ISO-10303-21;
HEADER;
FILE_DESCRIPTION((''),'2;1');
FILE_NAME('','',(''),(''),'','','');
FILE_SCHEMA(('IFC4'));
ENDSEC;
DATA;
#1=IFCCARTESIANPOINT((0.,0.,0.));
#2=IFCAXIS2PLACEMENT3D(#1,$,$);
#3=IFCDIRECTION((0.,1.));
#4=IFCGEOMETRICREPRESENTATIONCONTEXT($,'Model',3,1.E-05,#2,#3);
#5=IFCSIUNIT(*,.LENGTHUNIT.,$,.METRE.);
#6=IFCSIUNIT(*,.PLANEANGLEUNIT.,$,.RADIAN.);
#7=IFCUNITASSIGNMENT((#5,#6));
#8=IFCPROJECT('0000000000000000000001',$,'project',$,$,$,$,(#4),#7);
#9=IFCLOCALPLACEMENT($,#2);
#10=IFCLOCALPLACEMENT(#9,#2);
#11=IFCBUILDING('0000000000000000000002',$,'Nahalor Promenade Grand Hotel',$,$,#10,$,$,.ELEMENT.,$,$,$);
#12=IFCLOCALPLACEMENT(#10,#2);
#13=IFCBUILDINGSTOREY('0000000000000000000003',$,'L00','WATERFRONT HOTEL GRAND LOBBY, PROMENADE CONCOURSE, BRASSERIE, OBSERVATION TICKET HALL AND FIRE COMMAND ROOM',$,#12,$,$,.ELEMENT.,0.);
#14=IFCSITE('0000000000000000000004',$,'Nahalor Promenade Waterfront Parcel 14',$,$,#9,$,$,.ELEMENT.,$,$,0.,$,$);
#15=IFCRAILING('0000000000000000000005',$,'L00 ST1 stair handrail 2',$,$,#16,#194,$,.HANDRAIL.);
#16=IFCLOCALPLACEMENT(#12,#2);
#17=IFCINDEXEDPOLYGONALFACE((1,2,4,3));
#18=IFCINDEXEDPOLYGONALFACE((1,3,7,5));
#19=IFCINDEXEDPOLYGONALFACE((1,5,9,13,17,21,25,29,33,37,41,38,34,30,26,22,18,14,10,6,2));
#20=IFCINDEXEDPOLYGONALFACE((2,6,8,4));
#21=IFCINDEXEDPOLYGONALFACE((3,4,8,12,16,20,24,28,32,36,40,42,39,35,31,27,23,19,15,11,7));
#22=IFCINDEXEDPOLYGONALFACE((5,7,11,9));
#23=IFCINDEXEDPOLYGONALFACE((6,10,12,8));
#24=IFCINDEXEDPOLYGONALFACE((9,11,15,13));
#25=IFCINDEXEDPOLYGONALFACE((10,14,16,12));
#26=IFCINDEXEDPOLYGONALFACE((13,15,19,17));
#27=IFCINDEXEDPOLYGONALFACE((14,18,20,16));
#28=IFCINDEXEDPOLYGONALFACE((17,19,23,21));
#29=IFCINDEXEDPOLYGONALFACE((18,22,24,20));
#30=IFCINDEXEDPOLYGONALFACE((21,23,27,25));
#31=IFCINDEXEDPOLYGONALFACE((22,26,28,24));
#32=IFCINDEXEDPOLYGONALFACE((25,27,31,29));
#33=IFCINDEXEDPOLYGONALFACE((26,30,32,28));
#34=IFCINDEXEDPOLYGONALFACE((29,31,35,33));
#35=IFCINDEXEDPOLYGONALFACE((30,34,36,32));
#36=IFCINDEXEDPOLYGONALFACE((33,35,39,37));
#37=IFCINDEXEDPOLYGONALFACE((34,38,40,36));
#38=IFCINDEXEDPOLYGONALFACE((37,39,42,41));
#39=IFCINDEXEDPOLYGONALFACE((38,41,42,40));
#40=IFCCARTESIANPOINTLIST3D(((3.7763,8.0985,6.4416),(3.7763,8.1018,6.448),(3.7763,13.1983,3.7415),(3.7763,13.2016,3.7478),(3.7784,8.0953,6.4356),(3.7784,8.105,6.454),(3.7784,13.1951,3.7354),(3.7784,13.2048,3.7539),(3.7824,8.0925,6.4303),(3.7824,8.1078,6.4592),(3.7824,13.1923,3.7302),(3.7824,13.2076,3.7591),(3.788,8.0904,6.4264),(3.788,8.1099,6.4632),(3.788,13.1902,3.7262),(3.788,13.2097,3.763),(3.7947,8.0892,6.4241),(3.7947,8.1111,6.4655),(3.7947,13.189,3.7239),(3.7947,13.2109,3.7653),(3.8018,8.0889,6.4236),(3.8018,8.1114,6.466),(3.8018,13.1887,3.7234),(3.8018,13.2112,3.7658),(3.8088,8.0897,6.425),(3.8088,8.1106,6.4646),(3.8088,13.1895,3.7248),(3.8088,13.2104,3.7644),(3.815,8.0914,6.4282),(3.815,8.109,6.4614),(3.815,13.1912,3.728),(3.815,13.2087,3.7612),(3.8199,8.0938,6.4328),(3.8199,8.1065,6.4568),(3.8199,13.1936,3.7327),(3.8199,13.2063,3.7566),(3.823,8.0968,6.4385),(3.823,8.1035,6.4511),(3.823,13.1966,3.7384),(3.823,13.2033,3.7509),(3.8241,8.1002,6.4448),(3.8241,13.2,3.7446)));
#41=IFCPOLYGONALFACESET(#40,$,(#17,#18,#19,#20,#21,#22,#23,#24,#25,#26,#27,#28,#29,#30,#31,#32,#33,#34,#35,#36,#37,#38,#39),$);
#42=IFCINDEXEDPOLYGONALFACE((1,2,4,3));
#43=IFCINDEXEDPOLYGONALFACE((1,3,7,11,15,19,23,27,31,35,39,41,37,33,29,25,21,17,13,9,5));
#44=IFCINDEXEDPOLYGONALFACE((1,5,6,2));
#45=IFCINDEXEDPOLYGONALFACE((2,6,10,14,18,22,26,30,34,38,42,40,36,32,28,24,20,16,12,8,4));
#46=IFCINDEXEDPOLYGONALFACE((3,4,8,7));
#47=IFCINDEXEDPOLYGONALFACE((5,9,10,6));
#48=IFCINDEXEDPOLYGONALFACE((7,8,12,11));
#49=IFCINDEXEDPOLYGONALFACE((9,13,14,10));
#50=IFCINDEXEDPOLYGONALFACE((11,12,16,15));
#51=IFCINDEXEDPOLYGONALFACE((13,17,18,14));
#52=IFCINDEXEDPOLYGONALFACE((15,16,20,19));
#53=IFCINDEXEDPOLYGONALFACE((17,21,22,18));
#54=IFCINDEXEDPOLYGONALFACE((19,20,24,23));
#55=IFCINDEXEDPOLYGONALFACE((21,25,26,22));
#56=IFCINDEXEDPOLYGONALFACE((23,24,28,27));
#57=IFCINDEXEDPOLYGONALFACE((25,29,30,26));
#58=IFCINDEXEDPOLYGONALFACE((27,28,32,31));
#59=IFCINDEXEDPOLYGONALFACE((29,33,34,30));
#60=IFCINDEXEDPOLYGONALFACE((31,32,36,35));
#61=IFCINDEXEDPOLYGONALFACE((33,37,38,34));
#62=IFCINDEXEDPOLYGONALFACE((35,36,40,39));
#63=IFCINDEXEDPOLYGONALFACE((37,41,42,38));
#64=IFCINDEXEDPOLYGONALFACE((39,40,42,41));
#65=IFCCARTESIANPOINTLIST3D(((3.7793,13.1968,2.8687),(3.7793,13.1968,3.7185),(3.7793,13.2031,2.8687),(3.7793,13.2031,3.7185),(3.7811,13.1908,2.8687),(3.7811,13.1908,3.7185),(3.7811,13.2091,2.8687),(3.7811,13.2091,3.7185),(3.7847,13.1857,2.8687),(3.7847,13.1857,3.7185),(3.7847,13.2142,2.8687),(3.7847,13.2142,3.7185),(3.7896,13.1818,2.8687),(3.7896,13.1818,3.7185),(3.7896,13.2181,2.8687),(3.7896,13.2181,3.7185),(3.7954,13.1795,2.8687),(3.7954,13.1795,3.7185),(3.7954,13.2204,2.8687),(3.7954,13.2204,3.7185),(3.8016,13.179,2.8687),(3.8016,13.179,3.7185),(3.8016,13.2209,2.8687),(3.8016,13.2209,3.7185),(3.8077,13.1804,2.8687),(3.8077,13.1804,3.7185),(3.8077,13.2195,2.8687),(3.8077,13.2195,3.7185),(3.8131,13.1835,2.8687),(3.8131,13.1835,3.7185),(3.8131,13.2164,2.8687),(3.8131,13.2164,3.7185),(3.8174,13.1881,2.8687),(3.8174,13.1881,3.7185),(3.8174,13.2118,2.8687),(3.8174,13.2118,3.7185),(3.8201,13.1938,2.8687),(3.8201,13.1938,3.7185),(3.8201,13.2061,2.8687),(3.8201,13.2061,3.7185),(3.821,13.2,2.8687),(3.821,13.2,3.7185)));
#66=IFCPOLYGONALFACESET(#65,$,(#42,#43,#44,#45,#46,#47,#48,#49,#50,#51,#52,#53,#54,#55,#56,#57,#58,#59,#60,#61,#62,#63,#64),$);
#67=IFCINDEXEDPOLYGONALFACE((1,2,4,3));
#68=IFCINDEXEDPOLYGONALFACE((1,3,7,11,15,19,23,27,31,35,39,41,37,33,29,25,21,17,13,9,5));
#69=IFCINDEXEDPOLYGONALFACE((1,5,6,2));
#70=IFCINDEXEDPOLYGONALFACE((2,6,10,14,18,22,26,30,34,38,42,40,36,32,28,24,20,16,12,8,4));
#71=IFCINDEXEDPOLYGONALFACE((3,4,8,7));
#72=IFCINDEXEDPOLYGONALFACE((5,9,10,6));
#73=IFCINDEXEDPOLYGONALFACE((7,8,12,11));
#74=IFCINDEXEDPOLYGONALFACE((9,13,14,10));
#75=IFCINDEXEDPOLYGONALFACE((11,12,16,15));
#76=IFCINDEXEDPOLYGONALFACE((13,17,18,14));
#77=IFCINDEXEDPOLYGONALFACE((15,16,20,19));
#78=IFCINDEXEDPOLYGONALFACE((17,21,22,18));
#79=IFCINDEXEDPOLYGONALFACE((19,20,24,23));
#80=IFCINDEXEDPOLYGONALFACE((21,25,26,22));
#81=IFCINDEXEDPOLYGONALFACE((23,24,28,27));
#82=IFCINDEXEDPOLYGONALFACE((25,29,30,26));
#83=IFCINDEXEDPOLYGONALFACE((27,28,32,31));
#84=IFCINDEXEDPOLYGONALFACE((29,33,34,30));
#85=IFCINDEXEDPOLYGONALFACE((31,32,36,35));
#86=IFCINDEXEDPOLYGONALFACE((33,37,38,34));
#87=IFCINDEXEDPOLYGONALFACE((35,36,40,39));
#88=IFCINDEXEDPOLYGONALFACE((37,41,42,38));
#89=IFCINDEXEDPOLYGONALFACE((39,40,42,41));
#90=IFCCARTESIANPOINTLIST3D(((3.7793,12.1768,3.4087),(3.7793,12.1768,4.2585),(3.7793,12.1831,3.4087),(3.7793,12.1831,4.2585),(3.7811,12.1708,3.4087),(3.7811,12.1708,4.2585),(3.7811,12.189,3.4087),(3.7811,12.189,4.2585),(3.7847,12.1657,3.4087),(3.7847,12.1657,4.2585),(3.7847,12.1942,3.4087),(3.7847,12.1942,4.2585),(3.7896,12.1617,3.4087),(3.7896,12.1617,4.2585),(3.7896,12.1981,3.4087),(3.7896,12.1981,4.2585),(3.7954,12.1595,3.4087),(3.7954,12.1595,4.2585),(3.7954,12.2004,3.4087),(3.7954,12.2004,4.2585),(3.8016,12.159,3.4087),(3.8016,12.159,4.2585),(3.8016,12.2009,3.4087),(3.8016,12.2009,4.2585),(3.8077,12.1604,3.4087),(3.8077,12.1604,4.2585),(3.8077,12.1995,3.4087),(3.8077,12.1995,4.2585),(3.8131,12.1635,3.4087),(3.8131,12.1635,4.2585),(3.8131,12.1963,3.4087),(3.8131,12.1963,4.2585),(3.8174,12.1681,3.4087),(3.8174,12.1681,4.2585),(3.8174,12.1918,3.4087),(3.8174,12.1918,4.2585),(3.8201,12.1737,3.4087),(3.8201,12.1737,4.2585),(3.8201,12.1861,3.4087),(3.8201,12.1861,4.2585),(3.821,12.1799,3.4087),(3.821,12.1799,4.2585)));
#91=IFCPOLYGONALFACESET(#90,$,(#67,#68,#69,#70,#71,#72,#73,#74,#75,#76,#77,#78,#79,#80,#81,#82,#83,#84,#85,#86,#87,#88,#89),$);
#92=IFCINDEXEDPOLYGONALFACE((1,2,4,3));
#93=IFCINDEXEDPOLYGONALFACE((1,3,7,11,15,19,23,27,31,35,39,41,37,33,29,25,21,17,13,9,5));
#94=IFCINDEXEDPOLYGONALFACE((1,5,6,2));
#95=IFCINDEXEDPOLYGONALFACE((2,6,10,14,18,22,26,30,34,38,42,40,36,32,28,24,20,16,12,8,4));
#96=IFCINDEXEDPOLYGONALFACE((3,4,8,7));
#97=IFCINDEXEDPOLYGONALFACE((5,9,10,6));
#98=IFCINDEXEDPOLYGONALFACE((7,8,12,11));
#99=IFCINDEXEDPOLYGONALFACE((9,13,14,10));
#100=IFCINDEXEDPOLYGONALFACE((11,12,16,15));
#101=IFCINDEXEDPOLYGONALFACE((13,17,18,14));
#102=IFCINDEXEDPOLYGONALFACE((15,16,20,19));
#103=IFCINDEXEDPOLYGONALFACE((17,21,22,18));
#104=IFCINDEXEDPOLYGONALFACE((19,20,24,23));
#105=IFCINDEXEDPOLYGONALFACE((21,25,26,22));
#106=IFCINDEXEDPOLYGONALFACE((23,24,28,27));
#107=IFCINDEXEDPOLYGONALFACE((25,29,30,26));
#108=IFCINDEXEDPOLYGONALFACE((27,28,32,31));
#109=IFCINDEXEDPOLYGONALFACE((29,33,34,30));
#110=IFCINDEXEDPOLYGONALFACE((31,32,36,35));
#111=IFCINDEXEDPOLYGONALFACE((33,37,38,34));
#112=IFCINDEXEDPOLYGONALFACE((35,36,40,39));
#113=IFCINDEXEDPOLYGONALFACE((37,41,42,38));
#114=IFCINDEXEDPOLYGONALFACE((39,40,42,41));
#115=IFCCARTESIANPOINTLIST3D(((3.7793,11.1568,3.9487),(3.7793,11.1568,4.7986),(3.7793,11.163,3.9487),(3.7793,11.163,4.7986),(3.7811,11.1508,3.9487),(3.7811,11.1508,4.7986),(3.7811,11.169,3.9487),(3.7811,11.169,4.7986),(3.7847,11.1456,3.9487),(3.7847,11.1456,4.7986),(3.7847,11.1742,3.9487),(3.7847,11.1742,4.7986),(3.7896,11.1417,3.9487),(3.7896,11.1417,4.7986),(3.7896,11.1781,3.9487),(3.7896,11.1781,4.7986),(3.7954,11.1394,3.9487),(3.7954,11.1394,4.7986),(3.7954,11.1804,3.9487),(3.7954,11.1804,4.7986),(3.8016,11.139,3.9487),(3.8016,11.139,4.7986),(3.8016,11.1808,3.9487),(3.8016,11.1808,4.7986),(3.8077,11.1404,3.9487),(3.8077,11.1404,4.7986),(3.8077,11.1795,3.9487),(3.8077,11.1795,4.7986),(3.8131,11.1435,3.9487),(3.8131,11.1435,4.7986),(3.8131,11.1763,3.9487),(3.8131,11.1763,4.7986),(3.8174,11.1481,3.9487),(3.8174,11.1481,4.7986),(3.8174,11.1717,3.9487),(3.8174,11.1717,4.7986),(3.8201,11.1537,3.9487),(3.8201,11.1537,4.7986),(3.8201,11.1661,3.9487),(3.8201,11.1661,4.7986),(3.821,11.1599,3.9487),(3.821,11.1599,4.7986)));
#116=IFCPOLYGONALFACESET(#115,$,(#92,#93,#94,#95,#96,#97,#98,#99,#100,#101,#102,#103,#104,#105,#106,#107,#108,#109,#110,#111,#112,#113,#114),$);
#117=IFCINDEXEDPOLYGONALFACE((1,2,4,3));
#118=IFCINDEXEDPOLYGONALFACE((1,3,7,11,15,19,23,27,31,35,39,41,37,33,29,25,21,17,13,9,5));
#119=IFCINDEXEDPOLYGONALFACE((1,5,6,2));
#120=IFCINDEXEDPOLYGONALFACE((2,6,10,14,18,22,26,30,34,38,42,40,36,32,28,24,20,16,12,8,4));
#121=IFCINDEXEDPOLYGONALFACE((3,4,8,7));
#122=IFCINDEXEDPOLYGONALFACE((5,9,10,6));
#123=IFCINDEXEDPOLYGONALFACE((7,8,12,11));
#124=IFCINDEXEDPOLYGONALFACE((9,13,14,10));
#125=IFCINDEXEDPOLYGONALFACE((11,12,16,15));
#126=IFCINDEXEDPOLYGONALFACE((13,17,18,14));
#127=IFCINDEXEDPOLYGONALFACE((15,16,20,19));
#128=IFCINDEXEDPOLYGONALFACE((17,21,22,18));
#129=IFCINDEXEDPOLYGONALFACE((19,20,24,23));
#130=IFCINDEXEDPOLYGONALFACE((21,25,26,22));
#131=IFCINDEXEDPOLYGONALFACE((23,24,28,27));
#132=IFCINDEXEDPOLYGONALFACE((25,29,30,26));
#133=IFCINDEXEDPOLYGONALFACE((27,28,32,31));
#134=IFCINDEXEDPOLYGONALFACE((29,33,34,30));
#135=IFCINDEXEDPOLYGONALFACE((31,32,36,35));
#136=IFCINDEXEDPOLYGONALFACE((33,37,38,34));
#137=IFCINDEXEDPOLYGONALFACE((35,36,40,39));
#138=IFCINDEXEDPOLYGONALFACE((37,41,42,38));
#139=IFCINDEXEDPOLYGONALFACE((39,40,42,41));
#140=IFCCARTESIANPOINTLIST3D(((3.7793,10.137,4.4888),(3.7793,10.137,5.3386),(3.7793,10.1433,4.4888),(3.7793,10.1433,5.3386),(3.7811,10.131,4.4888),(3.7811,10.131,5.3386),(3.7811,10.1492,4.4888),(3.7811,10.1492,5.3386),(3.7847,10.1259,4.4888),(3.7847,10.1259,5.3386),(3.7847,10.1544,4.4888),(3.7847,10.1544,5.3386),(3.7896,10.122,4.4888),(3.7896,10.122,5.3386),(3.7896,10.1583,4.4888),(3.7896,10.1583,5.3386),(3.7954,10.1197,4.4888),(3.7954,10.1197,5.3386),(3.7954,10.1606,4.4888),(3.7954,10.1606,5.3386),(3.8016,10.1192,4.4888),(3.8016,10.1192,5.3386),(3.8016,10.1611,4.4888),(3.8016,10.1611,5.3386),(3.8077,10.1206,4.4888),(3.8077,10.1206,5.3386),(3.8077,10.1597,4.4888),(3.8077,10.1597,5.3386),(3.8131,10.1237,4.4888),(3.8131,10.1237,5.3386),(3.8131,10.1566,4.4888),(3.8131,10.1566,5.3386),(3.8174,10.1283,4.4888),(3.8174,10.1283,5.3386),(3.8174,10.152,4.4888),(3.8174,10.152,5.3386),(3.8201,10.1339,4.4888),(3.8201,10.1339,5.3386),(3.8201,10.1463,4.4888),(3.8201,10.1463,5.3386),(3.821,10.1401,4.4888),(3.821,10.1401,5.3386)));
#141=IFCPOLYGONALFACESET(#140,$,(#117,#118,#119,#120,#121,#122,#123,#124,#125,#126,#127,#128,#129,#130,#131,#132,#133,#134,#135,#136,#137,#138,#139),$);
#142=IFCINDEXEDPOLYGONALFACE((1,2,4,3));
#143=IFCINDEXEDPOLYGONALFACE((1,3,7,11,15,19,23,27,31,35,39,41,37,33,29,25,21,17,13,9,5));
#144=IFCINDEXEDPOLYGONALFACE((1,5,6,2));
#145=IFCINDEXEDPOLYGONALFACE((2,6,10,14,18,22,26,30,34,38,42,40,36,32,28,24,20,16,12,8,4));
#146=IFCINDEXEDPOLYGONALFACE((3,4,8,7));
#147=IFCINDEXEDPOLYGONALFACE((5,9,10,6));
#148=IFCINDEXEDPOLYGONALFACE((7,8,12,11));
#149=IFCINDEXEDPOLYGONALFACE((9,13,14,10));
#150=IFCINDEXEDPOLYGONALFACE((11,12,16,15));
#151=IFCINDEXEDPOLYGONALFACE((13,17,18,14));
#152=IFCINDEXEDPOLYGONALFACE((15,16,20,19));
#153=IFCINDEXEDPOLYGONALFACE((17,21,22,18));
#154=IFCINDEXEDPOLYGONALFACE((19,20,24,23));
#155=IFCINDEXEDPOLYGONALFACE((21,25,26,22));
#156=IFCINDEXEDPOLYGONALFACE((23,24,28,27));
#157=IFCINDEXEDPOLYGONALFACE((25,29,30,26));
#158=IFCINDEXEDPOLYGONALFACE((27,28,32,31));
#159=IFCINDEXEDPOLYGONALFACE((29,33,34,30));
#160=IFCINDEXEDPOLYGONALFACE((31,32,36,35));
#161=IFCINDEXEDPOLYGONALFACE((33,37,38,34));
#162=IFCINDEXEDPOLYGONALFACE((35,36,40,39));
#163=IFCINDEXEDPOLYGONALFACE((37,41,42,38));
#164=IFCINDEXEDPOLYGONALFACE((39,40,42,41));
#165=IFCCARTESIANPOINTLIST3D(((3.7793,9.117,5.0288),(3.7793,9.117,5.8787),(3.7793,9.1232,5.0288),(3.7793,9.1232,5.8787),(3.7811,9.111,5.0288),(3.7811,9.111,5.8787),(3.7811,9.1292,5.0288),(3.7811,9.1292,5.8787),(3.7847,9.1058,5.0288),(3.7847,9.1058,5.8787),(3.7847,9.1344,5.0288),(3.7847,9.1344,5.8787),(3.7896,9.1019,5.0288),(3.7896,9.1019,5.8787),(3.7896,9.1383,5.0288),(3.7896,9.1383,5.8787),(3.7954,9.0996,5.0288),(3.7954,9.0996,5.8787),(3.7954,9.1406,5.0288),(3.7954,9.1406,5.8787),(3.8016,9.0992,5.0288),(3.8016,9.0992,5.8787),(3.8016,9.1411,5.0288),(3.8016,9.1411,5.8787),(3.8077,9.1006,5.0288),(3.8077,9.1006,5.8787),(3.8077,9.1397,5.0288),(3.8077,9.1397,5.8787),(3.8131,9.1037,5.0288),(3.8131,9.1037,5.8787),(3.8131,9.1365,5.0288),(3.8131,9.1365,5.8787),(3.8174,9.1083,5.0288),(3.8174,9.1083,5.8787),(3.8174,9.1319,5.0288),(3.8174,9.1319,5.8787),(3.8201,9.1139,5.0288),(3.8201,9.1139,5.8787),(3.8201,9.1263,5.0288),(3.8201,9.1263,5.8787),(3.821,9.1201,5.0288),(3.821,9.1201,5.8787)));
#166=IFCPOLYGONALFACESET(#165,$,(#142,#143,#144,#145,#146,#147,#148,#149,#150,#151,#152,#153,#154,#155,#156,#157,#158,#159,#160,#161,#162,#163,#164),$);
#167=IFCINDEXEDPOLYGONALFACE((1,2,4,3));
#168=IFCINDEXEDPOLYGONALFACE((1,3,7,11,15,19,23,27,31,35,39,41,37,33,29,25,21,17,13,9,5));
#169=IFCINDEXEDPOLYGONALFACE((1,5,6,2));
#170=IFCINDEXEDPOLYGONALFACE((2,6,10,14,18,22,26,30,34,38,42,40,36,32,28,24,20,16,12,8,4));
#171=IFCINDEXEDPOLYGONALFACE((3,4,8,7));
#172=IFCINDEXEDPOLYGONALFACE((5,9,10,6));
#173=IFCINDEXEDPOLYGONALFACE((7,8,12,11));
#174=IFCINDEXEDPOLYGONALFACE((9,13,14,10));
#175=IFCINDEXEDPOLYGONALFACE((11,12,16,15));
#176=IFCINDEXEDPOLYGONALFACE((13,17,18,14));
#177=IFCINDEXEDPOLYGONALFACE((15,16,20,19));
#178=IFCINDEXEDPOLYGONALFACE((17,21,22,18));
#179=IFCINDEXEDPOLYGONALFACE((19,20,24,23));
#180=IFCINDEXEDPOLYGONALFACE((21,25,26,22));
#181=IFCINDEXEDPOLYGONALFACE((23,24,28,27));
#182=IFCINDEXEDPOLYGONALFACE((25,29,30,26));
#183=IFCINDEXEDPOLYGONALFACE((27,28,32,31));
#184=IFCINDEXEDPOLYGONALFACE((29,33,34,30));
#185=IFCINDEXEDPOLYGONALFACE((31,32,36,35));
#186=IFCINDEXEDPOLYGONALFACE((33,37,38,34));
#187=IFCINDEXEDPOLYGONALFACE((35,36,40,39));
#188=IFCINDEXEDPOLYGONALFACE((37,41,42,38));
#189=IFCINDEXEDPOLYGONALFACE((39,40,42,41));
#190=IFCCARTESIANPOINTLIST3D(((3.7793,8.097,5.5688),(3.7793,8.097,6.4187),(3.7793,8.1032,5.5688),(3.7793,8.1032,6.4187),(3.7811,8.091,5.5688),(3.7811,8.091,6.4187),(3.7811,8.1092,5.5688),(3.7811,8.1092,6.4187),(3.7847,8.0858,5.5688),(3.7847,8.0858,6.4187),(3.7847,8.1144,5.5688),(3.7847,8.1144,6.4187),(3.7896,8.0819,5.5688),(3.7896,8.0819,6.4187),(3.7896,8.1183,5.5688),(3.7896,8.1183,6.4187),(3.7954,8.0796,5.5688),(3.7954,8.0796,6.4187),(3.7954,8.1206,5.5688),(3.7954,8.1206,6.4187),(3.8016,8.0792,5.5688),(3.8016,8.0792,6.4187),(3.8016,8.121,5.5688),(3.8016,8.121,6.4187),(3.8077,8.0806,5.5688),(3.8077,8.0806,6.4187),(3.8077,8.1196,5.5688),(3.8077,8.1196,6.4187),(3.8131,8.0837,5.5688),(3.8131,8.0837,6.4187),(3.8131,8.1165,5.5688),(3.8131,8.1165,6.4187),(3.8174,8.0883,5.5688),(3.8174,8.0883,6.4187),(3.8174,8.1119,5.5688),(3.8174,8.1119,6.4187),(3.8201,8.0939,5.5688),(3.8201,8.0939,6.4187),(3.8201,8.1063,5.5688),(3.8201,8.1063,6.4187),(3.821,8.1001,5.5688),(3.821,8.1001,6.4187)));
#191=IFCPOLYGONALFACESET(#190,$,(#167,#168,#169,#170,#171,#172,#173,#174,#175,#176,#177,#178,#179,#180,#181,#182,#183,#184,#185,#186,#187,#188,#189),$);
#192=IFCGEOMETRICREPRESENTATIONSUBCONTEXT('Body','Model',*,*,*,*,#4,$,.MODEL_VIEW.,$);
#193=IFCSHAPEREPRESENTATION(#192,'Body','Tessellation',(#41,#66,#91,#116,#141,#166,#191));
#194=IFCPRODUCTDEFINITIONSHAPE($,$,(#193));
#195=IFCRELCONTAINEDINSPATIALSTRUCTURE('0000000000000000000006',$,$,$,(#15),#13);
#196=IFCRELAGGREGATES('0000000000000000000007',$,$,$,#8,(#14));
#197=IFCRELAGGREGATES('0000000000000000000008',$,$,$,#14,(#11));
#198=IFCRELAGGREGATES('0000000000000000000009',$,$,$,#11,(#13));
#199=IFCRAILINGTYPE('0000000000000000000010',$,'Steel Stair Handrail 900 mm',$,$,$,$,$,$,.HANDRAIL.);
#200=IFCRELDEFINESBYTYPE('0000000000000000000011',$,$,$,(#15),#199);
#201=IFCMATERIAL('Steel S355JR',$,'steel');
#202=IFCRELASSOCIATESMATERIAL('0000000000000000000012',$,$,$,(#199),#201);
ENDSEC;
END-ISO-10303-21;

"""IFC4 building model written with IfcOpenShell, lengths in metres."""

from ifc_helpers import new_model, si_unit, direction, frame, origin, origin_2d, place, context, subcontext, project, spatial, circle, extrude, material, type_object, element, save


model = new_model("IFC4")

# Units and contexts
model_context = context("Model", 3, precision=1e-05, world=origin(), true_north=direction((0.0, 1.0)))
body_context = subcontext(model_context, "Body", "Model", "MODEL_VIEW")
ifc_project = project(units=[si_unit("LENGTHUNIT", "METRE"), si_unit("PLANEANGLEUNIT", "RADIAN")], contexts=[model_context])

# Site, building, storey
site_placement = place(None, origin())
site = spatial("IfcSite", under=ifc_project, at=site_placement, Name="Nahalor Promenade Waterfront Parcel 14", CompositionType="ELEMENT", RefElevation=0.0)
building_placement = place(site_placement, origin())
building = spatial("IfcBuilding", under=site, at=building_placement, Name="Nahalor Promenade Grand Hotel", CompositionType="ELEMENT")
storey_placement = place(building_placement, origin())
storey = spatial("IfcBuildingStorey", under=building, at=storey_placement, Name="L00", Description="WATERFRONT HOTEL GRAND LOBBY, PROMENADE CONCOURSE, BRASSERIE, OBSERVATION TICKET HALL AND FIRE COMMAND ROOM", CompositionType="ELEMENT", Elevation=0.0)

# Shared definitions
ifc_material_1 = material(Name="Steel S355JR", Category="steel")

# Railing
railing_type = type_object("IfcRailingType", Name="Steel Stair Handrail 900 mm", PredefinedType="HANDRAIL", material=ifc_material_1)
railing_placement = place(storey_placement, frame((3.8, 13.2, 2.8687)))
element("IfcRailing", 1, at=railing_placement, inside=storey, type_object=railing_type, Name="L00 ST1 stair handrail 2", PredefinedType="HANDRAIL", context=body_context, shape_type="SweptSolid", body=[
    extrude(circle(Radius=0.024, at=origin_2d()), frame((0.0, 0.0, 0.876), z_axis=(0.0, -0.883768, 0.467925), x_axis=(1.0, 0.0, 0.0)), (0.0, 0.0, 1.0), 5.7705),
    extrude(circle(Radius=0.021, at=origin_2d()), origin(), (0.0, 0.0, 1.0), 0.8499),
    extrude(circle(Radius=0.021, at=origin_2d()), frame((0.0, -1.02, 0.54)), (0.0, 0.0, 1.0), 0.8499),
    extrude(circle(Radius=0.021, at=origin_2d()), frame((0.0, -2.04, 1.0801)), (0.0, 0.0, 1.0), 0.8499),
    extrude(circle(Radius=0.021, at=origin_2d()), frame((0.0, -3.0598, 1.6201)), (0.0, 0.0, 1.0), 0.8499),
    extrude(circle(Radius=0.021, at=origin_2d()), frame((0.0, -4.0798, 2.1602)), (0.0, 0.0, 1.0), 0.8499),
    extrude(circle(Radius=0.021, at=origin_2d()), frame((0.0, -5.0999, 2.7002)), (0.0, 0.0, 1.0), 0.8499),
])

save(model, "model.ifc")
